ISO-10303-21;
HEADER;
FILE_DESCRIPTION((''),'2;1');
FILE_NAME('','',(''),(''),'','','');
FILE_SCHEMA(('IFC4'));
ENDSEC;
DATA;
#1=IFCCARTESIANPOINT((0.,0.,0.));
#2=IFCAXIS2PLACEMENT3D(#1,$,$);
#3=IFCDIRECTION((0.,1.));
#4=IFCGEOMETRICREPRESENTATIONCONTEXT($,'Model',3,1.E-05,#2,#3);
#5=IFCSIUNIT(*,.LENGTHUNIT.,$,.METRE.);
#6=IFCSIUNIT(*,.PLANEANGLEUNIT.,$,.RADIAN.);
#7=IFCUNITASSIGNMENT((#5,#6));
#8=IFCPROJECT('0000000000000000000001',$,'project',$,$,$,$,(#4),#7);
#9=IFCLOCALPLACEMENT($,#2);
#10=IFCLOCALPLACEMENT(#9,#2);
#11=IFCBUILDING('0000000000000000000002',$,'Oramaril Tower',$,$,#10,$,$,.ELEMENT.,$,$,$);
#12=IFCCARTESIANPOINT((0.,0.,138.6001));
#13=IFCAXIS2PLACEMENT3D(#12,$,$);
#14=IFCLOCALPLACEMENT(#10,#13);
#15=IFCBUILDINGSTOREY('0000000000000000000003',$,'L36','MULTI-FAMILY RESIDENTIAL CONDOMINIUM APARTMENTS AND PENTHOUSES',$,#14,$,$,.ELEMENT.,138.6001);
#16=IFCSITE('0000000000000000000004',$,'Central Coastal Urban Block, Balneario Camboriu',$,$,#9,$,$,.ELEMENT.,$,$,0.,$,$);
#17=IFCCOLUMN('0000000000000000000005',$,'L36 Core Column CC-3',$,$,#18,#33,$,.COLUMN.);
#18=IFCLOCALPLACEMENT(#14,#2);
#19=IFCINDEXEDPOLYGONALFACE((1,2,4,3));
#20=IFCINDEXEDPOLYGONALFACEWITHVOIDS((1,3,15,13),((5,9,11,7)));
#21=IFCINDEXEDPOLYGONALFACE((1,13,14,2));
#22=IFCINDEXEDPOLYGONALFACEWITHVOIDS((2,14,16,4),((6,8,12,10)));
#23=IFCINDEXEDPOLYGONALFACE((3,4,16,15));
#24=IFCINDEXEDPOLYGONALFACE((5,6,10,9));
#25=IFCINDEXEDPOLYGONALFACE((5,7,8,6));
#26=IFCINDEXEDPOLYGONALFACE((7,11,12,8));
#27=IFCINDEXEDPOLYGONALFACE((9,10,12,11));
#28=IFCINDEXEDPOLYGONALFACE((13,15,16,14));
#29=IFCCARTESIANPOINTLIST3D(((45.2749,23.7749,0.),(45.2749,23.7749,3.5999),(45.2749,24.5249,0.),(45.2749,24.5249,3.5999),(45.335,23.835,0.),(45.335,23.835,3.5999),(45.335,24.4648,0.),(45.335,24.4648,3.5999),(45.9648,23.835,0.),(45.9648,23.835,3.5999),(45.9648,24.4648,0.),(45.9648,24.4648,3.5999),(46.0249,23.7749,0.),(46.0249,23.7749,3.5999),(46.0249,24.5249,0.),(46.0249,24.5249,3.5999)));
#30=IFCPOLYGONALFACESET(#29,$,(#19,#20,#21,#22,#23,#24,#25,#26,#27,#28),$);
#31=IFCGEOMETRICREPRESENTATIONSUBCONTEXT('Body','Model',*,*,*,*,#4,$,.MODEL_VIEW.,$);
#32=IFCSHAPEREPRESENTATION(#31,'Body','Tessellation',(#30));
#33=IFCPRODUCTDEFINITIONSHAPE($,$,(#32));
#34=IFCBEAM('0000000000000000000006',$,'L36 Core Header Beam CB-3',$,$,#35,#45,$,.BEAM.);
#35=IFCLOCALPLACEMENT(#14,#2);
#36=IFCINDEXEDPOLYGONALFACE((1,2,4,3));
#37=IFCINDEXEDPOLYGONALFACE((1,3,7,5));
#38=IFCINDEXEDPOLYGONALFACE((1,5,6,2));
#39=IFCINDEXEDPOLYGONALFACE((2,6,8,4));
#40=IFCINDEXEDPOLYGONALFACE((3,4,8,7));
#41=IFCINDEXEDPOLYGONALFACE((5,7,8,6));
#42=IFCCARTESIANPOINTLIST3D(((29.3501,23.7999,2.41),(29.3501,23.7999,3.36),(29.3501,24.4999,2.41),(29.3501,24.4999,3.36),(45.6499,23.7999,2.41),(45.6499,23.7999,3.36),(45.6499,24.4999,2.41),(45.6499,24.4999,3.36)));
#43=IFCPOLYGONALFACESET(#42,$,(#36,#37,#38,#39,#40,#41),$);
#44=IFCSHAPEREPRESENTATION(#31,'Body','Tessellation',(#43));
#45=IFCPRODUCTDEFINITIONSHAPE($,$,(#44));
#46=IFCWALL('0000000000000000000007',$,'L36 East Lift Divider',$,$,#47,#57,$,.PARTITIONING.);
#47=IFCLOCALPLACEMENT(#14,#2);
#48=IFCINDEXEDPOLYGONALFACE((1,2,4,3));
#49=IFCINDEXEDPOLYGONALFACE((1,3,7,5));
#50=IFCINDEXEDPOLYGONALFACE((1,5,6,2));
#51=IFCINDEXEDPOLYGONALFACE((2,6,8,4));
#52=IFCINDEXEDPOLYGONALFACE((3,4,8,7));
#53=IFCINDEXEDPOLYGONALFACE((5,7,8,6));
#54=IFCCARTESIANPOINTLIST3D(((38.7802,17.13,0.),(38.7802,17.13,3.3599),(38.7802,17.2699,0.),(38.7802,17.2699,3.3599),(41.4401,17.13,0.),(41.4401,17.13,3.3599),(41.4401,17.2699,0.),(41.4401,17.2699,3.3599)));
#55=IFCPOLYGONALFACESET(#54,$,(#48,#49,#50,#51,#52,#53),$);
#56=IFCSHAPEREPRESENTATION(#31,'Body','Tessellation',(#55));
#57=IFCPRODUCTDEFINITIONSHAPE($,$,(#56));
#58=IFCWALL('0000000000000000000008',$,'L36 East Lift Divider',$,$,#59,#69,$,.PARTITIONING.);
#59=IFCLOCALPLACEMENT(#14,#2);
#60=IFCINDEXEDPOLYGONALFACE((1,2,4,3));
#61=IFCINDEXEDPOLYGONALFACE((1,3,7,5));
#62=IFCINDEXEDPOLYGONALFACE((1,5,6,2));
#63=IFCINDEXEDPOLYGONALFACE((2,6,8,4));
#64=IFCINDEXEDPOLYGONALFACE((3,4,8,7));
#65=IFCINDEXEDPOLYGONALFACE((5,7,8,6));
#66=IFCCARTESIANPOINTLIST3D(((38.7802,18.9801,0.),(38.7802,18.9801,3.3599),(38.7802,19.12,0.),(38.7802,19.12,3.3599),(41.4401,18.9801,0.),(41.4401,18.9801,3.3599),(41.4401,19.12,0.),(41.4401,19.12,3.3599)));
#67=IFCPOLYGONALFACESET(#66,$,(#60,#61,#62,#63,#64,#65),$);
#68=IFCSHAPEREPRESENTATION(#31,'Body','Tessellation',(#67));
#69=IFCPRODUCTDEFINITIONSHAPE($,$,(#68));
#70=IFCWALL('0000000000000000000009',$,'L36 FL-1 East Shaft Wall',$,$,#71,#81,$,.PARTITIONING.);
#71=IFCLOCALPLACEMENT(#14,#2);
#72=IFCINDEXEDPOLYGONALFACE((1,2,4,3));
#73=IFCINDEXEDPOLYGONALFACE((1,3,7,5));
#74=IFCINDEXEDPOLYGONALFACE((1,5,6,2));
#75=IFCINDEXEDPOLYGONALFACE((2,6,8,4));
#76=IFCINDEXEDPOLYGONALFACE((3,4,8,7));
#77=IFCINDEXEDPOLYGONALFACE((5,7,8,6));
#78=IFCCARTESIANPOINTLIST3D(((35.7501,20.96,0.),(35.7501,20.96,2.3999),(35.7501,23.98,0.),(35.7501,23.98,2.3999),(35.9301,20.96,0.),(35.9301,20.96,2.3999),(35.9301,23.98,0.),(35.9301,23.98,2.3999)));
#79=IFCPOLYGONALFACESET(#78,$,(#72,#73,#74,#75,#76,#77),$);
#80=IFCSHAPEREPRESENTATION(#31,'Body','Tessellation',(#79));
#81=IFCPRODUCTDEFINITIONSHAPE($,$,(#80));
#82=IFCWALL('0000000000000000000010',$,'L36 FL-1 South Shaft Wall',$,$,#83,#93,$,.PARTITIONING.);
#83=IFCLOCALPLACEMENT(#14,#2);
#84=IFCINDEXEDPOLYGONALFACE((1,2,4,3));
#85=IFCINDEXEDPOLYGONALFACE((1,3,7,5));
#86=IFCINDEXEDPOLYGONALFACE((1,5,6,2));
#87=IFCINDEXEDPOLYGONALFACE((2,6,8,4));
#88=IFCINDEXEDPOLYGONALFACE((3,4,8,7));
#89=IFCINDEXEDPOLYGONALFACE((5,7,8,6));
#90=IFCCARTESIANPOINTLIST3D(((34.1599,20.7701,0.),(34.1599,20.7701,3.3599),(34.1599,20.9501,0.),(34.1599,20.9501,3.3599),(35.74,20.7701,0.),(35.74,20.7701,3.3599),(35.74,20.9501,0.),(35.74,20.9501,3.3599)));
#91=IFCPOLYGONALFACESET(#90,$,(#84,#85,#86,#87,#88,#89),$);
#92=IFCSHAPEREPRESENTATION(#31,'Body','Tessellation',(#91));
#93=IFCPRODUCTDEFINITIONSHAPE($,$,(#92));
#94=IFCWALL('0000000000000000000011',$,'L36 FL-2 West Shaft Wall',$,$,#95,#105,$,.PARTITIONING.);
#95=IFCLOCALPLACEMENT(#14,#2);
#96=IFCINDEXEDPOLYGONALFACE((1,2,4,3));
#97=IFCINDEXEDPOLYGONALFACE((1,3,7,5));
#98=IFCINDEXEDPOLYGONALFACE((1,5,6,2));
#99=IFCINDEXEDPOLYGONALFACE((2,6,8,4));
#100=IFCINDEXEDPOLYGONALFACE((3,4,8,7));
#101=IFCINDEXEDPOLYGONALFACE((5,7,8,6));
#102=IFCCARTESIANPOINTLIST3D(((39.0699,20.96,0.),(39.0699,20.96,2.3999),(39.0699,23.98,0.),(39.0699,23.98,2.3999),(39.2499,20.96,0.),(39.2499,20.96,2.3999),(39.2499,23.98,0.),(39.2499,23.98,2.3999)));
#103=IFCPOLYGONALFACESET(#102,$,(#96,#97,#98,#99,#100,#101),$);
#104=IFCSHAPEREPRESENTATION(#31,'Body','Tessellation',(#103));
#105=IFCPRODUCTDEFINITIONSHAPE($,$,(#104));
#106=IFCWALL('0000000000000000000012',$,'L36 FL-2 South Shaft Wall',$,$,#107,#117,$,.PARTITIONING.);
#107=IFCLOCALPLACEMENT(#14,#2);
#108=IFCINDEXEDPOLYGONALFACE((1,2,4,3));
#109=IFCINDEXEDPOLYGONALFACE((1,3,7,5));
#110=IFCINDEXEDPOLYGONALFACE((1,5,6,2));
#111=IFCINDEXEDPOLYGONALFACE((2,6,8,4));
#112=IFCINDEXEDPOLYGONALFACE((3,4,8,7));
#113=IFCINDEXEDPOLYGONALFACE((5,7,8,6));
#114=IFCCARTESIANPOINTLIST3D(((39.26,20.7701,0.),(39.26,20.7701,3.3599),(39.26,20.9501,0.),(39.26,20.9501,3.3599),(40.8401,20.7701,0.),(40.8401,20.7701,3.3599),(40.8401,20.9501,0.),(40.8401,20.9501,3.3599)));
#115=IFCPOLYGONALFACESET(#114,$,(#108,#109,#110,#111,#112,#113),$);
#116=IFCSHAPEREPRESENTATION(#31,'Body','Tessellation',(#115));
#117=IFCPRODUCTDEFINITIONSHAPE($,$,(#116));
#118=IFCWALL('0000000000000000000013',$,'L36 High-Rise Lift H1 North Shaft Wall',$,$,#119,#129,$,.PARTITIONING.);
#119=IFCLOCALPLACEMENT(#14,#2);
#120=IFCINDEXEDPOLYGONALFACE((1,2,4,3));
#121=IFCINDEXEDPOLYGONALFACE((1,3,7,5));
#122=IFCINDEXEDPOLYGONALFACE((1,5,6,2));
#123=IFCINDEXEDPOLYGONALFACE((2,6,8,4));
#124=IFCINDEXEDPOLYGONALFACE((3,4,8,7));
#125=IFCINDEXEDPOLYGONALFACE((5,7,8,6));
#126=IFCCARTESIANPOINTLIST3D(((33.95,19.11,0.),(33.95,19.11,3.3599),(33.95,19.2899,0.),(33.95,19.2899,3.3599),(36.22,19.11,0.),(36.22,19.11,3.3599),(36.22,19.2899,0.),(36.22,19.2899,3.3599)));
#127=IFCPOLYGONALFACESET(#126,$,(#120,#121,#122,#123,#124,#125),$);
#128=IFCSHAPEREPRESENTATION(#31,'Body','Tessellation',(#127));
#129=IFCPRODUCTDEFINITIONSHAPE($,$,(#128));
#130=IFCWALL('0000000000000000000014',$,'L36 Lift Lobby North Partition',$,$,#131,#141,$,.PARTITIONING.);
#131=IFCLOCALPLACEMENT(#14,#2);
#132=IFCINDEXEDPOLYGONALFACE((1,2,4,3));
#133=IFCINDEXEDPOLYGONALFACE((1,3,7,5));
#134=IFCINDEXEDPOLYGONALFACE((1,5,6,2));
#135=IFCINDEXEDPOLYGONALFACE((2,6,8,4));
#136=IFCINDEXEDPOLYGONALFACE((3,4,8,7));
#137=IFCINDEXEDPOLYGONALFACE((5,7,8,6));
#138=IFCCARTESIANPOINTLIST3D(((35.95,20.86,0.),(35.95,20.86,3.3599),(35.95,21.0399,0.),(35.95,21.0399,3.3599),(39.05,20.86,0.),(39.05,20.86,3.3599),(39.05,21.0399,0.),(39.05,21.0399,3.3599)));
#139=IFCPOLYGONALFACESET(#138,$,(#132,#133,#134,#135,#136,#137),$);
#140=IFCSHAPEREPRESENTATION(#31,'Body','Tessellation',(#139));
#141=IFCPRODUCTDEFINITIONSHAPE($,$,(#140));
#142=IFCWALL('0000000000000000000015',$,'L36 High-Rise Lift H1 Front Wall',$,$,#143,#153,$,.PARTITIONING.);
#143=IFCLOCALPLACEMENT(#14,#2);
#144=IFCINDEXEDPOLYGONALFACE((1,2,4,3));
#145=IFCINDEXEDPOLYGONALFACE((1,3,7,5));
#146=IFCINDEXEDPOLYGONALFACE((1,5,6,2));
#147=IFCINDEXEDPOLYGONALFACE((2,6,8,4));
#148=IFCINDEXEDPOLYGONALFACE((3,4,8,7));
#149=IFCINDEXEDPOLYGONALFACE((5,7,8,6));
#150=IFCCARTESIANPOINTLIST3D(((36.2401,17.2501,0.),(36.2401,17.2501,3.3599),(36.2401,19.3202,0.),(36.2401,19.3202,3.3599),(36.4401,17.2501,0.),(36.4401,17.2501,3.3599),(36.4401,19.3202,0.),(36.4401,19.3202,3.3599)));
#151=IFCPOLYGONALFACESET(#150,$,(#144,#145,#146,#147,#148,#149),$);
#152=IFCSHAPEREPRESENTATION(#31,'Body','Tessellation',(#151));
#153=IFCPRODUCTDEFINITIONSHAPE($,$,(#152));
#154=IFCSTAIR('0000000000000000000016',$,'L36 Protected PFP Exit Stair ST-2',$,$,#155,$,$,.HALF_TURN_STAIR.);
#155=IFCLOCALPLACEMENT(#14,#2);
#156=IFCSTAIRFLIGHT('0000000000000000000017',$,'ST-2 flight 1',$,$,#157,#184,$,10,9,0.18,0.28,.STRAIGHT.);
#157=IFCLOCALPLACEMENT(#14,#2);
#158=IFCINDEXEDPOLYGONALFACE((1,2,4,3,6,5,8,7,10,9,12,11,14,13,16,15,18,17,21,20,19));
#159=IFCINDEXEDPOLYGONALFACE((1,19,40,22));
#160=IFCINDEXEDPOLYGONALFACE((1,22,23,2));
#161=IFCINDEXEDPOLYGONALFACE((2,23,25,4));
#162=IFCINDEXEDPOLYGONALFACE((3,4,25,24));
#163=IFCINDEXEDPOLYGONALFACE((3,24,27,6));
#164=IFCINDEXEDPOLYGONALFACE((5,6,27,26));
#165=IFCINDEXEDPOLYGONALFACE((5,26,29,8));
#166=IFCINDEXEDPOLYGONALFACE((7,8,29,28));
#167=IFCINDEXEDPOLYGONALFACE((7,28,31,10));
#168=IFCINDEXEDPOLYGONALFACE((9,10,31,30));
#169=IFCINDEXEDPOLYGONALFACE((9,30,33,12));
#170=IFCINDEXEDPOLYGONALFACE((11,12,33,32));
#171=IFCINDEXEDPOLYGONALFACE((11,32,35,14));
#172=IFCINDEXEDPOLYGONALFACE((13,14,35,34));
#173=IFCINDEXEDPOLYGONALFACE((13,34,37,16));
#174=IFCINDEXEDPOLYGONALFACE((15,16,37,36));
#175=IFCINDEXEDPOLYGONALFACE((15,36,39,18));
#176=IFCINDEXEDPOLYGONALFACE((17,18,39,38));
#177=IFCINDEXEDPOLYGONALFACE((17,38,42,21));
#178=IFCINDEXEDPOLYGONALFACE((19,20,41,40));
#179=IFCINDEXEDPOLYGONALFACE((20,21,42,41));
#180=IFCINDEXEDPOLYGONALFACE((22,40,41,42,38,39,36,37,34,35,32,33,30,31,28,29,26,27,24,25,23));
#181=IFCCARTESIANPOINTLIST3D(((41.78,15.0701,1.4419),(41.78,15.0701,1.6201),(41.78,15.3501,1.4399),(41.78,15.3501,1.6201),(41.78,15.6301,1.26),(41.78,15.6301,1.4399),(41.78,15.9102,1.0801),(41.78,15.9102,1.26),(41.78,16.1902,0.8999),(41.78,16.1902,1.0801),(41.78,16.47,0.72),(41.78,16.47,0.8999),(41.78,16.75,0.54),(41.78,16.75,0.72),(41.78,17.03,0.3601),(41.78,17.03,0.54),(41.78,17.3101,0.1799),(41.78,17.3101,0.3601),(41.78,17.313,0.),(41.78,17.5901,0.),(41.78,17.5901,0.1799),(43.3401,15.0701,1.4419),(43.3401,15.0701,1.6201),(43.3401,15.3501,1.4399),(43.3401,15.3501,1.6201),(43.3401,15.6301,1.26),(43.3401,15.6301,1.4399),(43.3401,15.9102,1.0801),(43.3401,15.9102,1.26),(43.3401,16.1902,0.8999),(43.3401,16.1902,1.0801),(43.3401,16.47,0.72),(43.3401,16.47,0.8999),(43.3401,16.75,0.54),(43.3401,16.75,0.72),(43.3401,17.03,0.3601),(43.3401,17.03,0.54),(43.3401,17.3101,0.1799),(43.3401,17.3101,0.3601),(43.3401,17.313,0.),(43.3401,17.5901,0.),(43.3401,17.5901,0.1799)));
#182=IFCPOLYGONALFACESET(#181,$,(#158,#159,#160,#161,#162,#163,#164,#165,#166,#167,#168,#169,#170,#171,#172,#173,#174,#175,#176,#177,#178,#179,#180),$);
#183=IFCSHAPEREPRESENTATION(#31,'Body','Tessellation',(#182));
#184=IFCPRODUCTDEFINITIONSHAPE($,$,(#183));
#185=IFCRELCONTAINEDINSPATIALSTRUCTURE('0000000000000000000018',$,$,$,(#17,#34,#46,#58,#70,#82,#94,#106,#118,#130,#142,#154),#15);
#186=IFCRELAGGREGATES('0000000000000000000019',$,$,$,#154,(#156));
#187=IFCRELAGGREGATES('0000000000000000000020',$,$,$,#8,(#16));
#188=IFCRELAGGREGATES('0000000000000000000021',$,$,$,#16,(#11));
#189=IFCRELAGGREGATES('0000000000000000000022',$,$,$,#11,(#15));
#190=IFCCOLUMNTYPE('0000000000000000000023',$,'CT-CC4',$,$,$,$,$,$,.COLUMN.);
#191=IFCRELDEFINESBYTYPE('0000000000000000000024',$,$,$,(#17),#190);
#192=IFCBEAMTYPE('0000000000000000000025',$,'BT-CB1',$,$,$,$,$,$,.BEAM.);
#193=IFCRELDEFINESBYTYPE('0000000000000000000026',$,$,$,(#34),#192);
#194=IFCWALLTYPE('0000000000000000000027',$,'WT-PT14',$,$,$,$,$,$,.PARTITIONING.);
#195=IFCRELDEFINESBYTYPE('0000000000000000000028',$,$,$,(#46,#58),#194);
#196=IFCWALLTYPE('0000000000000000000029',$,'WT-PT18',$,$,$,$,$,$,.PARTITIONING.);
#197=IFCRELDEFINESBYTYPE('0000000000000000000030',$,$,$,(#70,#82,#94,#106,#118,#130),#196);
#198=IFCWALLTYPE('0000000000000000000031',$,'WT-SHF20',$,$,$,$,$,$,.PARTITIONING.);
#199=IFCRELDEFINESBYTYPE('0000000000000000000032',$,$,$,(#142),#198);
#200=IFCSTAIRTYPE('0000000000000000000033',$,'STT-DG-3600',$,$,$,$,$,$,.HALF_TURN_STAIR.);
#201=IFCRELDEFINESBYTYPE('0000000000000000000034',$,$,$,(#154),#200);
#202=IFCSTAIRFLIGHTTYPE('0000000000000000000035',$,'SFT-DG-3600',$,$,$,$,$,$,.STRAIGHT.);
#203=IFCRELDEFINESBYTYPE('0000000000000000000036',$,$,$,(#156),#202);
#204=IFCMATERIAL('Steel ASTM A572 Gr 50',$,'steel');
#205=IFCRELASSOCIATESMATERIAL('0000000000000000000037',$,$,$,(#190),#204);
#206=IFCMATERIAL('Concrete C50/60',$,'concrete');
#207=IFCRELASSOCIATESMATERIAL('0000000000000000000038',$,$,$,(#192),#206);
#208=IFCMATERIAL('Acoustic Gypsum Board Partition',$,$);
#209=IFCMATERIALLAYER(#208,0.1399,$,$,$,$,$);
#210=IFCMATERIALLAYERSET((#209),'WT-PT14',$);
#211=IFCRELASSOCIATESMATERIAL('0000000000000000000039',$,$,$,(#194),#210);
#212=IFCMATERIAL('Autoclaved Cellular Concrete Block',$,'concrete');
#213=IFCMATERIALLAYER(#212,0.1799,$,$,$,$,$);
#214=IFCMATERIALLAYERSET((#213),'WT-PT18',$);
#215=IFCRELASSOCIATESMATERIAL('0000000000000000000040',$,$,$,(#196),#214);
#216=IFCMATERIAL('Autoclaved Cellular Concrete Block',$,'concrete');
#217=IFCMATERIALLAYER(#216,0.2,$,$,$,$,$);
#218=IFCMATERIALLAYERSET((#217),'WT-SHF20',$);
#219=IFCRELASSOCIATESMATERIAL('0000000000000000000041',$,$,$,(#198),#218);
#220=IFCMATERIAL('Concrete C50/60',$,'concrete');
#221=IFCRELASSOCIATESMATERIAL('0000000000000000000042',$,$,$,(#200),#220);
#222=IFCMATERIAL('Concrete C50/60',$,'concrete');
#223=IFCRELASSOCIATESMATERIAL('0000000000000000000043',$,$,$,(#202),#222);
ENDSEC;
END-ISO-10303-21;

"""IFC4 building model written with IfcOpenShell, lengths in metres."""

from ifc_helpers import new_model, si_unit, direction, frame, frame_2d, origin, origin_2d, place, context, subcontext, project, spatial, polyline, rectangle, hollow_rectangle, outline, extrude, material, layer, layer_set, material_profile, profile_set, type_object, element, aggregate, save


model = new_model("IFC4")

# Units and contexts
model_context = context("Model", 3, precision=1e-05, world=origin(), true_north=direction((0.0, 1.0)))
body_context = subcontext(model_context, "Body", "Model", "MODEL_VIEW")
ifc_project = project(units=[si_unit("LENGTHUNIT", "METRE"), si_unit("PLANEANGLEUNIT", "RADIAN")], contexts=[model_context])

# Site, building, storey
site_placement = place(None, origin())
site = spatial("IfcSite", under=ifc_project, at=site_placement, Name="Central Coastal Urban Block, Balneario Camboriu", CompositionType="ELEMENT", RefElevation=0.0)
building_placement = place(site_placement, origin())
building = spatial("IfcBuilding", under=site, at=building_placement, Name="Oramaril Tower", CompositionType="ELEMENT")
storey_placement = place(building_placement, frame((0.0, 0.0, 138.6001)))
storey = spatial("IfcBuildingStorey", under=building, at=storey_placement, Name="L36", Description="MULTI-FAMILY RESIDENTIAL CONDOMINIUM APARTMENTS AND PENTHOUSES", CompositionType="ELEMENT", Elevation=138.6001)

# Column
ifc_material_1 = material(Name="Steel ASTM A572 Gr 50", Category="steel")
ifc_material_profile_1 = material_profile(ifc_material_1, hollow_rectangle(XDim=0.75, YDim=0.75, WallThickness=0.0601, at=origin_2d()), Name="BOX750X750X60")
ifc_profile_set_1 = profile_set([ifc_material_profile_1], Name="Steel ASTM A572 Gr 50")
column_type = type_object("IfcColumnType", Name="CT-CC4", PredefinedType="COLUMN", material=ifc_profile_set_1)
column_placement = place(storey_placement, frame((45.6499, 24.1499, 0.0), z_axis=(0.0, 0.0, 1.0), x_axis=(1.0, 0.0, 0.0)))
element("IfcColumn", 1, at=column_placement, inside=storey, type_object=column_type, Name="L36 Core Column CC-3", PredefinedType="COLUMN", context=body_context, shape_type="SweptSolid", body=[
    extrude(hollow_rectangle(XDim=0.75, YDim=0.75, WallThickness=0.0601, at=origin_2d()), origin(), (0.0, 0.0, 1.0), 3.5999),
])

# Beam
ifc_material_2 = material(Name="Concrete C50/60", Category="concrete")
ifc_material_profile_2 = material_profile(ifc_material_2, rectangle(XDim=0.7, YDim=0.95, at=origin_2d()), Name="CB700X950")
ifc_profile_set_2 = profile_set([ifc_material_profile_2], Name="Concrete C50/60")
beam_type = type_object("IfcBeamType", Name="BT-CB1", PredefinedType="BEAM", material=ifc_profile_set_2)
beam_placement = place(storey_placement, frame((45.6499, 24.1499, 2.885), z_axis=(-1.0, 0.0, 0.0), x_axis=(0.0, -1.0, 0.0)))
element("IfcBeam", 2, at=beam_placement, inside=storey, type_object=beam_type, Name="L36 Core Header Beam CB-3", PredefinedType="BEAM", context=body_context, shape_type="SweptSolid", body=[
    extrude(rectangle(XDim=0.7, YDim=0.95, at=origin_2d()), origin(), (0.0, 0.0, 1.0), 16.2998),
])

# Walls
ifc_material_3 = material(Name="Acoustic Gypsum Board Partition")
ifc_layer_1 = layer(ifc_material_3, 0.1399)
ifc_layer_set_1 = layer_set([ifc_layer_1], Name="WT-PT14")
wall_type_1 = type_object("IfcWallType", Name="WT-PT14", PredefinedType="PARTITIONING", material=ifc_layer_set_1)
for number, where, z_axis, x_axis, name in (
    (3, (38.78, 17.2, 0.0), (0.0, 0.0, 1.0), (1.0, 0.0, 0.0), "L36 East Lift Divider"),
    (4, (38.78, 19.05, 0.0), (0.0, 0.0, 1.0), (1.0, 0.0, 0.0), "L36 East Lift Divider"),
):
    element("IfcWall", number, at=place(storey_placement, frame(where, z_axis=z_axis, x_axis=x_axis)), inside=storey, type_object=wall_type_1, Name=name, PredefinedType="PARTITIONING", context=body_context, shape_type="SweptSolid", body=[
        extrude(rectangle(XDim=2.6599, YDim=0.1399, at=frame_2d((1.3301, 0.0))), origin(), (0.0, 0.0, 1.0), 3.3599),
    ])
ifc_material_4 = material(Name="Autoclaved Cellular Concrete Block", Category="concrete")
ifc_layer_2 = layer(ifc_material_4, 0.1799)
ifc_layer_set_2 = layer_set([ifc_layer_2], Name="WT-PT18")
wall_type_2 = type_object("IfcWallType", Name="WT-PT18", PredefinedType="PARTITIONING", material=ifc_layer_set_2)
wall_1_placement = place(storey_placement, frame((35.8401, 20.96, 0.0), z_axis=(0.0, 0.0, 1.0), x_axis=(0.0, 1.0, 0.0)))
element("IfcWall", 5, at=wall_1_placement, inside=storey, type_object=wall_type_2, Name="L36 FL-1 East Shaft Wall", PredefinedType="PARTITIONING", context=body_context, shape_type="SweptSolid", body=[
    extrude(rectangle(XDim=3.02, YDim=0.1799, at=frame_2d((1.51, 0.0))), origin(), (0.0, 0.0, 1.0), 2.3999),
])
wall_2_placement = place(storey_placement, frame((34.1599, 20.8601, 0.0), z_axis=(0.0, 0.0, 1.0), x_axis=(1.0, 0.0, 0.0)))
element("IfcWall", 6, at=wall_2_placement, inside=storey, type_object=wall_type_2, Name="L36 FL-1 South Shaft Wall", PredefinedType="PARTITIONING", context=body_context, shape_type="SweptSolid", body=[
    extrude(rectangle(XDim=1.5801, YDim=0.1799, at=frame_2d((0.79, 0.0))), origin(), (0.0, 0.0, 1.0), 3.3599),
])
wall_3_placement = place(storey_placement, frame((39.1599, 20.96, 0.0), z_axis=(0.0, 0.0, 1.0), x_axis=(0.0, 1.0, 0.0)))
element("IfcWall", 7, at=wall_3_placement, inside=storey, type_object=wall_type_2, Name="L36 FL-2 West Shaft Wall", PredefinedType="PARTITIONING", context=body_context, shape_type="SweptSolid", body=[
    extrude(rectangle(XDim=3.02, YDim=0.1799, at=frame_2d((1.51, 0.0))), origin(), (0.0, 0.0, 1.0), 2.3999),
])
wall_4_placement = place(storey_placement, frame((39.26, 20.8601, 0.0), z_axis=(0.0, 0.0, 1.0), x_axis=(1.0, 0.0, 0.0)))
element("IfcWall", 8, at=wall_4_placement, inside=storey, type_object=wall_type_2, Name="L36 FL-2 South Shaft Wall", PredefinedType="PARTITIONING", context=body_context, shape_type="SweptSolid", body=[
    extrude(rectangle(XDim=1.5801, YDim=0.1799, at=frame_2d((0.79, 0.0))), origin(), (0.0, 0.0, 1.0), 3.3599),
])
wall_5_placement = place(storey_placement, frame((33.95, 19.2, 0.0), z_axis=(0.0, 0.0, 1.0), x_axis=(1.0, 0.0, 0.0)))
element("IfcWall", 9, at=wall_5_placement, inside=storey, type_object=wall_type_2, Name="L36 High-Rise Lift H1 North Shaft Wall", PredefinedType="PARTITIONING", context=body_context, shape_type="SweptSolid", body=[
    extrude(rectangle(XDim=2.27, YDim=0.1799, at=frame_2d((1.135, 0.0))), origin(), (0.0, 0.0, 1.0), 3.3599),
])
wall_6_placement = place(storey_placement, frame((35.95, 20.95, 0.0), z_axis=(0.0, 0.0, 1.0), x_axis=(1.0, 0.0, 0.0)))
element("IfcWall", 10, at=wall_6_placement, inside=storey, type_object=wall_type_2, Name="L36 Lift Lobby North Partition", PredefinedType="PARTITIONING", context=body_context, shape_type="SweptSolid", body=[
    extrude(rectangle(XDim=3.1001, YDim=0.1799, at=frame_2d((1.55, 0.0))), origin(), (0.0, 0.0, 1.0), 3.3599),
])

# Shared definitions
ifc_material_5 = material(Name="Autoclaved Cellular Concrete Block", Category="concrete")
ifc_layer_3 = layer(ifc_material_5, 0.2)
ifc_layer_set_3 = layer_set([ifc_layer_3], Name="WT-SHF20")
wall_type_3 = type_object("IfcWallType", Name="WT-SHF20", PredefinedType="PARTITIONING", material=ifc_layer_set_3)

# Wall
wall_7_placement = place(storey_placement, frame((36.3401, 17.25, 0.0), z_axis=(0.0, 0.0, 1.0), x_axis=(0.0, 1.0, 0.0)))
element("IfcWall", 11, at=wall_7_placement, inside=storey, type_object=wall_type_3, Name="L36 High-Rise Lift H1 Front Wall", PredefinedType="PARTITIONING", context=body_context, shape_type="SweptSolid", body=[
    extrude(rectangle(XDim=2.0701, YDim=0.2, at=frame_2d((1.0352, 0.0))), origin(), (0.0, 0.0, 1.0), 3.3599),
])

# Stair, stair flight
ifc_material_6 = material(Name="Concrete C50/60", Category="concrete")
stair_type = type_object("IfcStairType", Name="STT-DG-3600", PredefinedType="HALF_TURN_STAIR", material=ifc_material_6)
stair_placement = place(storey_placement, origin())
stair = element("IfcStair", 12, at=stair_placement, inside=storey, type_object=stair_type, Name="L36 Protected PFP Exit Stair ST-2", PredefinedType="HALF_TURN_STAIR")
ifc_material_7 = material(Name="Concrete C50/60", Category="concrete")
stair_flight_type = type_object("IfcStairFlightType", Name="SFT-DG-3600", PredefinedType="STRAIGHT", material=ifc_material_7)
stair_flight_placement = place(storey_placement, frame((42.5601, 17.5901, 0.0), z_axis=(0.0, 0.0, 1.0), x_axis=(0.0, -1.0, 0.0)))
stair_flight = element("IfcStairFlight", 13, at=stair_flight_placement, type_object=stair_flight_type, Name="ST-2 flight 1", NumberOfRisers=10, NumberOfTreads=9, PredefinedType="STRAIGHT", RiserHeight=0.18, TreadLength=0.28, context=body_context, shape_type="SweptSolid", body=[
    extrude(outline(polyline([(0.0, 0.0), (0.0, 0.1799), (0.28, 0.1799), (0.28, 0.3601), (0.5601, 0.3601), (0.5601, 0.54), (0.8401, 0.54), (0.8401, 0.72), (1.1201, 0.72), (1.1201, 0.8999), (1.3999, 0.8999), (1.3999, 1.0801), (1.6799, 1.0801), (1.6799, 1.26), (1.96, 1.26), (1.96, 1.4399), (2.24, 1.4399), (2.24, 1.6201), (2.52, 1.6201), (2.52, 1.8), (2.52, 1.4419), (0.2771, 0.0), (0.0, 0.0)])), frame((0.0, 0.78, 0.0), z_axis=(0.0, -1.0, 0.0), x_axis=(1.0, 0.0, 0.0)), (0.0, 0.0, 1.0), 1.5601),
])
aggregate(stair, [stair_flight])

save(model, "model.ifc")
